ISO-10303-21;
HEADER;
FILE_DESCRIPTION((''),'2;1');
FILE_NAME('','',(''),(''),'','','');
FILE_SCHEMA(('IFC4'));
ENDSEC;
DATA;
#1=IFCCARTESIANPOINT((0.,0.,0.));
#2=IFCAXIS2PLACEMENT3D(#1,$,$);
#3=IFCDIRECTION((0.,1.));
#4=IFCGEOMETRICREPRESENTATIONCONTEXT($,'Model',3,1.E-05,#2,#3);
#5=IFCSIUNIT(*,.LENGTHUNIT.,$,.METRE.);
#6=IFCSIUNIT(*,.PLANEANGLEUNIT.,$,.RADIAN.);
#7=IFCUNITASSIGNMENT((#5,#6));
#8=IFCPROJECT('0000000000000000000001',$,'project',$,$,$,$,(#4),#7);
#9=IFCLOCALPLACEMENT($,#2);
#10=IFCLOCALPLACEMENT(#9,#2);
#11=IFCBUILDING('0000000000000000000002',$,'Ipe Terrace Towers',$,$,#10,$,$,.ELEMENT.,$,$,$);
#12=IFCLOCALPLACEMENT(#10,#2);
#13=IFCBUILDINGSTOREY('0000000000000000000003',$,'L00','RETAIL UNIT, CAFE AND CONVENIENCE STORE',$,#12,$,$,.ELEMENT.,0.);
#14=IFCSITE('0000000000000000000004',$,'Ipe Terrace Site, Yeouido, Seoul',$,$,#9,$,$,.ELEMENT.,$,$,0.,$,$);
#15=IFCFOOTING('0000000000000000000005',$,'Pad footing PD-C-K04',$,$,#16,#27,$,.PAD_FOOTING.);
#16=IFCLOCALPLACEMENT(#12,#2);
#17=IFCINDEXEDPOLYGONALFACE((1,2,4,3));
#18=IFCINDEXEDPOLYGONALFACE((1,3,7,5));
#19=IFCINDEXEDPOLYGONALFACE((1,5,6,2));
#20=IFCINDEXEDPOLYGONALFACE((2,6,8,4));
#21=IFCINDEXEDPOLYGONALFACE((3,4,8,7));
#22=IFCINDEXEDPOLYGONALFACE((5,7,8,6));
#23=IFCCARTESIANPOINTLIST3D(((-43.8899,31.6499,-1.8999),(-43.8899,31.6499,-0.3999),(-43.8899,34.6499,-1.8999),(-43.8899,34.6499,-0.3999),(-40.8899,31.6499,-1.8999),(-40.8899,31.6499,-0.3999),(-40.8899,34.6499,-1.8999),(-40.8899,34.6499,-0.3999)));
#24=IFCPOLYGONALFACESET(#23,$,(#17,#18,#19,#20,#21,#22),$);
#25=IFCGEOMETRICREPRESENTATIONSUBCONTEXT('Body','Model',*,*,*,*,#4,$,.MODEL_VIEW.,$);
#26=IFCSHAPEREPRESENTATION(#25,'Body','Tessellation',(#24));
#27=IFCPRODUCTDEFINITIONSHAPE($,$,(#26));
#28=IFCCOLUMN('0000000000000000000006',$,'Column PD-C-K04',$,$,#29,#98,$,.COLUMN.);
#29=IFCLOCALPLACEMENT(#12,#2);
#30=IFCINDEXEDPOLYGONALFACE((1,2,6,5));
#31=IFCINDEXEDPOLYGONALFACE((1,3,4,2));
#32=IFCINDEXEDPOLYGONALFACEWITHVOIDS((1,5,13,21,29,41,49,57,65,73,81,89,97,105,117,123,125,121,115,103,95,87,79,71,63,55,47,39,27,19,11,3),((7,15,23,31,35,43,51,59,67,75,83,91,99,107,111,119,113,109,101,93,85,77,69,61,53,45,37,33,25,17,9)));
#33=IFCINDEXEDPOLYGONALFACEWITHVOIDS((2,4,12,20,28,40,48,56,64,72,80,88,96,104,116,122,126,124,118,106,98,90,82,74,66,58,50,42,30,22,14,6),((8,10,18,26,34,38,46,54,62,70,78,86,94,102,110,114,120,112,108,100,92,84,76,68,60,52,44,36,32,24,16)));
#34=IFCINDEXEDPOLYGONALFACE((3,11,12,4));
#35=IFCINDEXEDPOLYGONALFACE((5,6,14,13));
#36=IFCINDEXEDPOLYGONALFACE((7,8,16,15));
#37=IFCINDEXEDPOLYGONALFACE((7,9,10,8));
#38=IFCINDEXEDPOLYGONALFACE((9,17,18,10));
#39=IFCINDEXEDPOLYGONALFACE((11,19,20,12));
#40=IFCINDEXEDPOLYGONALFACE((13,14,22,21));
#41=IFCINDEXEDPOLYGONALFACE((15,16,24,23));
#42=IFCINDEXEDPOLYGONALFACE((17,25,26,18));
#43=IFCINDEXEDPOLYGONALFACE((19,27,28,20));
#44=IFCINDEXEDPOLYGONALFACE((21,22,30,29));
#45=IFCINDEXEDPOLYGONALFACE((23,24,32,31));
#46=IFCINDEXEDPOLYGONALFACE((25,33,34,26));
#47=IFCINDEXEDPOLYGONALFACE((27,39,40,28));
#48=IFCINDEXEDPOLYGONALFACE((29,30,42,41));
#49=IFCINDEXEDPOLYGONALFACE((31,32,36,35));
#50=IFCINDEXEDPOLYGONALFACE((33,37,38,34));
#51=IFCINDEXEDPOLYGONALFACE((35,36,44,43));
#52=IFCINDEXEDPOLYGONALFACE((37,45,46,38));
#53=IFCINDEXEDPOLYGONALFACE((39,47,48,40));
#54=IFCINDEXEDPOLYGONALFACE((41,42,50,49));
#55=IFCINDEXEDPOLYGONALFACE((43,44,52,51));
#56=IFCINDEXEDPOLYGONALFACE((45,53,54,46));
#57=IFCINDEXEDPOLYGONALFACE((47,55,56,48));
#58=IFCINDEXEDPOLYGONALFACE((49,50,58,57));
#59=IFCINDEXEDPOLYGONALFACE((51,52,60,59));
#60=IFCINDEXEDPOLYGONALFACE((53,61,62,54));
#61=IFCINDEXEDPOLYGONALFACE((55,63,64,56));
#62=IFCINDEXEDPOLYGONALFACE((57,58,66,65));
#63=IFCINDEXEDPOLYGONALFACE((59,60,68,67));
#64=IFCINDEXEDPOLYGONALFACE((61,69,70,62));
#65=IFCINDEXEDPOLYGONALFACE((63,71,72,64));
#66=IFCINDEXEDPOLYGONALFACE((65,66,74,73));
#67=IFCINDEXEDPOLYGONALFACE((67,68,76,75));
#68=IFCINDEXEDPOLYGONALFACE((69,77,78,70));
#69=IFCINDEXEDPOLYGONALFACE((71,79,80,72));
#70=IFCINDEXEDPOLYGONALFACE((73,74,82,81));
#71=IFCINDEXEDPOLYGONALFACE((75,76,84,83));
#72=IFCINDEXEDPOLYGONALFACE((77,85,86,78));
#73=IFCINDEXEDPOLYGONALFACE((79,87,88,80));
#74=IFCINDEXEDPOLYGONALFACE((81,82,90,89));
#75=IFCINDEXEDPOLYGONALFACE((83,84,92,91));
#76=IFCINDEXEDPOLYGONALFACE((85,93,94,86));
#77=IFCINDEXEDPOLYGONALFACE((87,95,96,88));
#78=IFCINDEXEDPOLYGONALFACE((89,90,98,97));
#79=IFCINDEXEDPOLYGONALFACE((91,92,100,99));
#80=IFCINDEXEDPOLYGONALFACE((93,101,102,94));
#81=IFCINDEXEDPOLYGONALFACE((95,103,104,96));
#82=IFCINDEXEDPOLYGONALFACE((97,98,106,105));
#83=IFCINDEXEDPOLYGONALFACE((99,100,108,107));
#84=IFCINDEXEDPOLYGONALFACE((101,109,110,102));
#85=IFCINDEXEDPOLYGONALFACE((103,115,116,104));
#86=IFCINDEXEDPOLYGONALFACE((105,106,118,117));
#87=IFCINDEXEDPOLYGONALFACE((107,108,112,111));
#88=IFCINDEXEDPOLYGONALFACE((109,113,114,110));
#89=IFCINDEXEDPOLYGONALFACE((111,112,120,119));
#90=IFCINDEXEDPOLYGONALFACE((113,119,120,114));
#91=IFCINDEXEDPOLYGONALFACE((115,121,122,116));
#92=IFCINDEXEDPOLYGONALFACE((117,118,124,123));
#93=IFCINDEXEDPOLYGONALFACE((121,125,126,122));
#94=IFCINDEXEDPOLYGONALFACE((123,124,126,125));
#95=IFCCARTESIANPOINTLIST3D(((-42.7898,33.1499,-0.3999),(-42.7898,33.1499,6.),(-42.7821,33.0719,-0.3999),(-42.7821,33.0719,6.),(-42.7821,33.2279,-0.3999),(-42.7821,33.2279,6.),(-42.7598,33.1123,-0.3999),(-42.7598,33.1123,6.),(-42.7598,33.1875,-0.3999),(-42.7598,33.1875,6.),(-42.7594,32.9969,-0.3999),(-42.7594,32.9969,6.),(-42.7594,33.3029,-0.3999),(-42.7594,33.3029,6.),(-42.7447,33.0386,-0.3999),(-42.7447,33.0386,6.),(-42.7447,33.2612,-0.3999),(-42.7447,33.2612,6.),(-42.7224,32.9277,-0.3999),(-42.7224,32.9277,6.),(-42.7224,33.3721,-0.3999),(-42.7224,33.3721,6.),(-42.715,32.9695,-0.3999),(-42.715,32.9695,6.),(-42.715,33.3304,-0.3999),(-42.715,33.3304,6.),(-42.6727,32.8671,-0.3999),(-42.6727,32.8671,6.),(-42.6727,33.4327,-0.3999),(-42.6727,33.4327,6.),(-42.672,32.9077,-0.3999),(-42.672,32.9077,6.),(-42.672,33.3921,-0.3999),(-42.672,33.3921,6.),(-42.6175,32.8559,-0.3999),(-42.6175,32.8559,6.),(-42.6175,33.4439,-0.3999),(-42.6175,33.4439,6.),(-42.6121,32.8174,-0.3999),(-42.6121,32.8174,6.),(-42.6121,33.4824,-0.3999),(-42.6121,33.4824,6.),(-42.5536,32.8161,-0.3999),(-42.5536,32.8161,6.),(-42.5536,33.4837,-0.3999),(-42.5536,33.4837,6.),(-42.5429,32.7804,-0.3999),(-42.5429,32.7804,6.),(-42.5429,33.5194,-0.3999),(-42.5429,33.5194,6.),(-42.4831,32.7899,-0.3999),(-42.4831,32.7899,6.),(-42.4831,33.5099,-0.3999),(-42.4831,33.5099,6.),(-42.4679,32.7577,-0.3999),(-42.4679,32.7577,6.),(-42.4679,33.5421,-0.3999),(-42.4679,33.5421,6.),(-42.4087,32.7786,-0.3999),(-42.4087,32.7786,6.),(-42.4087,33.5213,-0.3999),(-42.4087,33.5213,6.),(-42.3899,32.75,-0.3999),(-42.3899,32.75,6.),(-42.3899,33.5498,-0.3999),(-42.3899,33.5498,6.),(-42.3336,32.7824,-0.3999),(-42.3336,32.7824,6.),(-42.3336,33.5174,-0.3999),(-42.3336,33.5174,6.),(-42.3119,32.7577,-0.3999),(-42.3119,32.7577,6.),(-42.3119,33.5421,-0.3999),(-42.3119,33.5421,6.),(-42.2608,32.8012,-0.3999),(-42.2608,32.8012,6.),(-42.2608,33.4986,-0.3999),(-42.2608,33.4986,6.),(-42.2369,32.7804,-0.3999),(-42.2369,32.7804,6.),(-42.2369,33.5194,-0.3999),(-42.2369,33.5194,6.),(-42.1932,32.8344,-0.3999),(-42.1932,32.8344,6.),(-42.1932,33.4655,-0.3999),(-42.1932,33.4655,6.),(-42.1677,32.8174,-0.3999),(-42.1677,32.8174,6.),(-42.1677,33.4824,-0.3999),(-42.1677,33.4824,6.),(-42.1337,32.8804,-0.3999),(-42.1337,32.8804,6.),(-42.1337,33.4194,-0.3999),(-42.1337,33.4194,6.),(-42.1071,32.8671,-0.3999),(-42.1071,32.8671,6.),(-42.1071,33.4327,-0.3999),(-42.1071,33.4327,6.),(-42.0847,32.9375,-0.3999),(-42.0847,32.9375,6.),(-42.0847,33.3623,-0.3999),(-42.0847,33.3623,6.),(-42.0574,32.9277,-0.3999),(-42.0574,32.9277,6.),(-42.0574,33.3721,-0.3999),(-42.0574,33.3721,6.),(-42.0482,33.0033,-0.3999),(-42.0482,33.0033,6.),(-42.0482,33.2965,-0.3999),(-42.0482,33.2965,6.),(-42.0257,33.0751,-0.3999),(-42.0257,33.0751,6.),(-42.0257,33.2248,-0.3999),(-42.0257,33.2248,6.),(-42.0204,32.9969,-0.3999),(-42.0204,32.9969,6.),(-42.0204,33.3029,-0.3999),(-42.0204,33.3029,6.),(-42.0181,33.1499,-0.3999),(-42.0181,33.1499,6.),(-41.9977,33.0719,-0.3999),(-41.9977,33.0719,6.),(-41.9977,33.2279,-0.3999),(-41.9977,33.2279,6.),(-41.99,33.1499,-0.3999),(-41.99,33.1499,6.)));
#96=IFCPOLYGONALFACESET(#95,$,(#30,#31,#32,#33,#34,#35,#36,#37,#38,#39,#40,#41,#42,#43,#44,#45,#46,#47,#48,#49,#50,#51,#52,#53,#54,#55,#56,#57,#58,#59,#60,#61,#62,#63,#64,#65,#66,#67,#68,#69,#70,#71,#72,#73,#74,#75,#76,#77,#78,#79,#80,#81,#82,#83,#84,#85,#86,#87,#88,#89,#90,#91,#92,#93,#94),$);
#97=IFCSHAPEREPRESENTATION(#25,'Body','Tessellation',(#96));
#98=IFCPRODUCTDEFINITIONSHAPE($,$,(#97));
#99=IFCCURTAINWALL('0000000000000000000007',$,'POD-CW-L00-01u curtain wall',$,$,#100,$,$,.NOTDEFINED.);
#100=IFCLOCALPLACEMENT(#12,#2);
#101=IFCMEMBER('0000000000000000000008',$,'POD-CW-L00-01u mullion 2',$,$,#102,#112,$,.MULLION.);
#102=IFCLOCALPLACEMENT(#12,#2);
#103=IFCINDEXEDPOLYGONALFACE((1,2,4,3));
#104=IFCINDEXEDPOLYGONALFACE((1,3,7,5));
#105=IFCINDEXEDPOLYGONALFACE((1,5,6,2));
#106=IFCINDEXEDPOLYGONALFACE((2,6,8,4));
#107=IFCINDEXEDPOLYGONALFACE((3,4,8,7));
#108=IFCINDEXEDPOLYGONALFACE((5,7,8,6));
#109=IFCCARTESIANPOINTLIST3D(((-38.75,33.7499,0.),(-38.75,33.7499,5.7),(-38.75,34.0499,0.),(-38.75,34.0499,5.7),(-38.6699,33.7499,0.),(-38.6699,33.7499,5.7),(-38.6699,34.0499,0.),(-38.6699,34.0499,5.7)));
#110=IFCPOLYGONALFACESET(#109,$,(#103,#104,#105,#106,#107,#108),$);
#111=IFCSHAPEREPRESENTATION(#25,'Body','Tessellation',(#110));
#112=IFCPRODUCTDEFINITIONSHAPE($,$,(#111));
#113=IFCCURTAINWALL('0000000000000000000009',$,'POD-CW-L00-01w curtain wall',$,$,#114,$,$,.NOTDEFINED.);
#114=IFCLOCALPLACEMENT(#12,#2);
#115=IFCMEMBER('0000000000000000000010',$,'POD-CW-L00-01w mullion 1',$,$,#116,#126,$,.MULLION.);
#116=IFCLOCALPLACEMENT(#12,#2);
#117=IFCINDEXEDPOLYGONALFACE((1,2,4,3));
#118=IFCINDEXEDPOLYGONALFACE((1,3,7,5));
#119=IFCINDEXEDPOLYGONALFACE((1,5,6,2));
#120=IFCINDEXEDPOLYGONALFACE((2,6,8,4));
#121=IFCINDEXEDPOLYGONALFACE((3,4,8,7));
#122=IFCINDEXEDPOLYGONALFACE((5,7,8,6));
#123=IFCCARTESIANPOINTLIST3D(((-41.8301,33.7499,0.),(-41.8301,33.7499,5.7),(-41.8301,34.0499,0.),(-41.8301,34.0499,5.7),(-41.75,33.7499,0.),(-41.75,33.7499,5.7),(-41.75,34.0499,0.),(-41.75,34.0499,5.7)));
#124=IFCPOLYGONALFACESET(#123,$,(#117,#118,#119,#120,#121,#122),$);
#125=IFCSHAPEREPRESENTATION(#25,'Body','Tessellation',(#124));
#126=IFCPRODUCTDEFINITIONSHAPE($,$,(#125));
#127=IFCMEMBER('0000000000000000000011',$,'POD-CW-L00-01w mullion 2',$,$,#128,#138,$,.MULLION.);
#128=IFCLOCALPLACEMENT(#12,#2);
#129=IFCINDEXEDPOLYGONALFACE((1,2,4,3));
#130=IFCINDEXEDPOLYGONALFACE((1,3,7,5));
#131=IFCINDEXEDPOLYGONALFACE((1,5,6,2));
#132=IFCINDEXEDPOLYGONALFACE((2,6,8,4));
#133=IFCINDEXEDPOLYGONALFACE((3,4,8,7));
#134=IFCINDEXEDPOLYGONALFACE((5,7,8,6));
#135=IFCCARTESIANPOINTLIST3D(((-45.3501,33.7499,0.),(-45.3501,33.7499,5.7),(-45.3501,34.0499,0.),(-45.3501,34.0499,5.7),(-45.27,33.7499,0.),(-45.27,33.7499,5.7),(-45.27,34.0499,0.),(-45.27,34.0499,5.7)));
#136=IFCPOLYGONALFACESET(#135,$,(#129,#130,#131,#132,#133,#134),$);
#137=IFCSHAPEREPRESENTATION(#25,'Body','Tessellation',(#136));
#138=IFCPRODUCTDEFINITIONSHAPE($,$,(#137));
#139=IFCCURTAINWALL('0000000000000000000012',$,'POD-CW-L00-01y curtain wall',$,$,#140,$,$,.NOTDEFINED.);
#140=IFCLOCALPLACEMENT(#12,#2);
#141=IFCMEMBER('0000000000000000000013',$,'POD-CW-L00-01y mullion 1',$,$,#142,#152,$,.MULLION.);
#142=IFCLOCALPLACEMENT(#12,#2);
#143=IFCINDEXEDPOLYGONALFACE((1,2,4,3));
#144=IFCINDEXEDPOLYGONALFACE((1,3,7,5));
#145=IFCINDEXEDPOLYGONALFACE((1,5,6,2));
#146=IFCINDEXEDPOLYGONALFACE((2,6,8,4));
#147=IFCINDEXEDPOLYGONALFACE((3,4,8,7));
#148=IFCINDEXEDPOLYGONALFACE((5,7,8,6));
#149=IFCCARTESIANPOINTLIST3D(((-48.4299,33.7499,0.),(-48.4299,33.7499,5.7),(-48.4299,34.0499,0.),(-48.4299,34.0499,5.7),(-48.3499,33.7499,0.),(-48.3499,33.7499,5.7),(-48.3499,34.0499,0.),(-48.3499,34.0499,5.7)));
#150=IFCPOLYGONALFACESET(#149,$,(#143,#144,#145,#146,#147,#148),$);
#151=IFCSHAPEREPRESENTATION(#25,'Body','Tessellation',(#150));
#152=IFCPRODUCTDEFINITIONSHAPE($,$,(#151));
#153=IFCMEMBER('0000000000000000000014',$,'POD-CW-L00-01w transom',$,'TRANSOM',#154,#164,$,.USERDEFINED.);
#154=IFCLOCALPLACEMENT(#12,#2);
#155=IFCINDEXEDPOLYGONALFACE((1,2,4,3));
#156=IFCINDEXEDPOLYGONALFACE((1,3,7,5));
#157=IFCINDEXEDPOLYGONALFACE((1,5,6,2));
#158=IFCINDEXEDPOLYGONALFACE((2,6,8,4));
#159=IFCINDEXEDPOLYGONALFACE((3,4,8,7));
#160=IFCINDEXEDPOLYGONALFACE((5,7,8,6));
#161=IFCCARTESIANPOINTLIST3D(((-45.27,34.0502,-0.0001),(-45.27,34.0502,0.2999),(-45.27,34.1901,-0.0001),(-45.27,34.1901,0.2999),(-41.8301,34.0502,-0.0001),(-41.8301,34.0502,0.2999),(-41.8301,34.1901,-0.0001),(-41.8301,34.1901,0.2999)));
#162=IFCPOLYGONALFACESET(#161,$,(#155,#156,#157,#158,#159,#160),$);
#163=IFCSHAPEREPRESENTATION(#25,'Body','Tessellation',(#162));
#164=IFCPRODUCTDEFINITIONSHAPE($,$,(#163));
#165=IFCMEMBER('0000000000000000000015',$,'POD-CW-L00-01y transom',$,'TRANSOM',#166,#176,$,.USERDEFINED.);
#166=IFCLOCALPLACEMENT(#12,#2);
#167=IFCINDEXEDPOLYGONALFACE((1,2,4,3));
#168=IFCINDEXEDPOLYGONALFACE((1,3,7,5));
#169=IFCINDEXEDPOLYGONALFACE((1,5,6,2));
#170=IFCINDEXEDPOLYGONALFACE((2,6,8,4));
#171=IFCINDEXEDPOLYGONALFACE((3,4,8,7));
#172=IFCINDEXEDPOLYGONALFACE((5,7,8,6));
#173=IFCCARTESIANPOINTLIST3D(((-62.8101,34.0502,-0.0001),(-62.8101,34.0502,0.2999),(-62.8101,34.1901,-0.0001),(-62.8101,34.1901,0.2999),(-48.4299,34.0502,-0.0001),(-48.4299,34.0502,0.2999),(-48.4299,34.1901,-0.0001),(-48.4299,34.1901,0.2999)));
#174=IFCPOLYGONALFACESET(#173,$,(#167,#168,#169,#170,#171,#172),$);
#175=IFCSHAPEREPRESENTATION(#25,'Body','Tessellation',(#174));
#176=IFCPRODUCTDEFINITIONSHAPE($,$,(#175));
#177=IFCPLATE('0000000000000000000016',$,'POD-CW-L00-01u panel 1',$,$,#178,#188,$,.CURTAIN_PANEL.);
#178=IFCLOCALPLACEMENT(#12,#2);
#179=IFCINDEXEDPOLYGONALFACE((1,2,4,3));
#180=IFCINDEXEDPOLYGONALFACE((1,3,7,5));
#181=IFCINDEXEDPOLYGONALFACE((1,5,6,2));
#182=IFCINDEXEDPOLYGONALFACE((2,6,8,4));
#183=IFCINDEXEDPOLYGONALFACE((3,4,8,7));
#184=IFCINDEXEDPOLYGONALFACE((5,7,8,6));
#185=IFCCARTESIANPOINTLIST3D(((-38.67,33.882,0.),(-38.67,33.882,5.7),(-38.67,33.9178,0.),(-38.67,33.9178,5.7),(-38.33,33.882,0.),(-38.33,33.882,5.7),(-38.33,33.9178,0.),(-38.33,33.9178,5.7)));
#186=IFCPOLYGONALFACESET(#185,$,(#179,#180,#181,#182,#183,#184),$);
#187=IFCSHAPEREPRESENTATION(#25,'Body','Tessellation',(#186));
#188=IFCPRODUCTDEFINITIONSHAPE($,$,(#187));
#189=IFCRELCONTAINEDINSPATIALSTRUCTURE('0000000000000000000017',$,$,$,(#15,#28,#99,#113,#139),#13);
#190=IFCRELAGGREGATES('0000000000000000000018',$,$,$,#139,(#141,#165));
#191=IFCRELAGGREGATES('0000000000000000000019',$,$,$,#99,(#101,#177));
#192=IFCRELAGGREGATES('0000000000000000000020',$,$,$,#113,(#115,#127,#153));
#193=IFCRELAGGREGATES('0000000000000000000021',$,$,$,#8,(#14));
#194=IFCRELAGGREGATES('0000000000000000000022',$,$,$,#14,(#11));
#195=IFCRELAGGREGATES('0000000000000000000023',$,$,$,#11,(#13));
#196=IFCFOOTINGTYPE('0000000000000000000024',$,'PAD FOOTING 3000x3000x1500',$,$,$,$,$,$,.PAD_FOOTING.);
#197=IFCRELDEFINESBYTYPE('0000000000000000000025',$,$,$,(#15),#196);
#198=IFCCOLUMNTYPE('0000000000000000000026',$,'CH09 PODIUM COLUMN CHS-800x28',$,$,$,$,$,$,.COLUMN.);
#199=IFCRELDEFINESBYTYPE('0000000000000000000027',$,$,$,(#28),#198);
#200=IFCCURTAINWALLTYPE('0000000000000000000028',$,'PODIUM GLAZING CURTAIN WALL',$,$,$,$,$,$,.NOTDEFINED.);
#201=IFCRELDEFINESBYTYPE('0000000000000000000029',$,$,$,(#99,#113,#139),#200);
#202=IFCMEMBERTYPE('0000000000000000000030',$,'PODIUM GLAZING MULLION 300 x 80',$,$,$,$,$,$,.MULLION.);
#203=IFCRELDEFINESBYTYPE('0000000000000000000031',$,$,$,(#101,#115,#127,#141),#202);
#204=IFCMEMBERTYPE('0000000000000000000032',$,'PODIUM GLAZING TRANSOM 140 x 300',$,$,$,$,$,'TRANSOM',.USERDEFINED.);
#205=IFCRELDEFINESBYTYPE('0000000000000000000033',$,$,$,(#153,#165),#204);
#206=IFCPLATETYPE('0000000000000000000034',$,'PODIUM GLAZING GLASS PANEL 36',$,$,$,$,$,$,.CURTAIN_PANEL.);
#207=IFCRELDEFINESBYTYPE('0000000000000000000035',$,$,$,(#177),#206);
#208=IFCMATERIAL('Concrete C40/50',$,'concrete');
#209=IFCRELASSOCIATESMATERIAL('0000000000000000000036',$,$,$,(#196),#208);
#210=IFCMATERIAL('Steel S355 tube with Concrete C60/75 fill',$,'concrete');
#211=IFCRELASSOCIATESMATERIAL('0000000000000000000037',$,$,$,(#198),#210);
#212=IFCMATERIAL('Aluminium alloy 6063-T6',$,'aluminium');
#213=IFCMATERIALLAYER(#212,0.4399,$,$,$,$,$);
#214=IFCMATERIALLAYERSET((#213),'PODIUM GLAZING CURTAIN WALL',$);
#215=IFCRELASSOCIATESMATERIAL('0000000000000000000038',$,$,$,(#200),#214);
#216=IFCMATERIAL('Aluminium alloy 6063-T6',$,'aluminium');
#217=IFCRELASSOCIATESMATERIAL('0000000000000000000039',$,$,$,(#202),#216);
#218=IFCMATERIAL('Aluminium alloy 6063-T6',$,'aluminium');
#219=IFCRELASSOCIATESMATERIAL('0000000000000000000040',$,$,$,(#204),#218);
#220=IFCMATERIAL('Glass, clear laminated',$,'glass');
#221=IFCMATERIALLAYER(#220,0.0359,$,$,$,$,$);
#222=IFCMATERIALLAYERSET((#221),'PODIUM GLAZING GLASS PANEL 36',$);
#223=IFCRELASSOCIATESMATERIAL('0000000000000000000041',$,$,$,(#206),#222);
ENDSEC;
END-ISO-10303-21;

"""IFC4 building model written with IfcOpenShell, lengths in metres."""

from ifc_helpers import new_model, si_unit, direction, frame, origin, origin_2d, place, context, subcontext, project, spatial, rectangle, hollow_circle, extrude, material, layer, layer_set, material_profile, profile_set, type_object, element, aggregate, save


model = new_model("IFC4")

# Units and contexts
model_context = context("Model", 3, precision=1e-05, world=origin(), true_north=direction((0.0, 1.0)))
body_context = subcontext(model_context, "Body", "Model", "MODEL_VIEW")
ifc_project = project(units=[si_unit("LENGTHUNIT", "METRE"), si_unit("PLANEANGLEUNIT", "RADIAN")], contexts=[model_context])

# Site, building, storey
site_placement = place(None, origin())
site = spatial("IfcSite", under=ifc_project, at=site_placement, Name="Ipe Terrace Site, Yeouido, Seoul", CompositionType="ELEMENT", RefElevation=0.0)
building_placement = place(site_placement, origin())
building = spatial("IfcBuilding", under=site, at=building_placement, Name="Ipe Terrace Towers", CompositionType="ELEMENT")
storey_placement = place(building_placement, origin())
storey = spatial("IfcBuildingStorey", under=building, at=storey_placement, Name="L00", Description="RETAIL UNIT, CAFE AND CONVENIENCE STORE", CompositionType="ELEMENT", Elevation=0.0)

# Footing
ifc_material_1 = material(Name="Concrete C40/50", Category="concrete")
footing_type = type_object("IfcFootingType", Name="PAD FOOTING 3000x3000x1500", PredefinedType="PAD_FOOTING", material=ifc_material_1)
footing_placement = place(storey_placement, frame((-42.3899, 33.1499, -1.8999), z_axis=(0.0, 0.0, 1.0), x_axis=(1.0, 0.0, 0.0)))
element("IfcFooting", 1, at=footing_placement, inside=storey, type_object=footing_type, Name="Pad footing PD-C-K04", PredefinedType="PAD_FOOTING", context=body_context, shape_type="SweptSolid", body=[
    extrude(rectangle(XDim=3.0, YDim=3.0, at=origin_2d()), origin(), (0.0, 0.0, 1.0), 1.5),
])

# Column
ifc_material_2 = material(Name="Steel S355 tube with Concrete C60/75 fill", Category="concrete")
ifc_material_profile_1 = material_profile(ifc_material_2, hollow_circle(Radius=0.3999, WallThickness=0.0281, at=origin_2d()), Name="CHS-800x28")
ifc_profile_set_1 = profile_set([ifc_material_profile_1], Name="Steel S355 tube with Concrete C60/75 fill")
column_type = type_object("IfcColumnType", Name="CH09 PODIUM COLUMN CHS-800x28", PredefinedType="COLUMN", material=ifc_profile_set_1)
column_placement = place(storey_placement, frame((-42.3899, 33.1499, -0.3999), z_axis=(0.0, 0.0, 1.0), x_axis=(1.0, 0.0, 0.0)))
element("IfcColumn", 2, at=column_placement, inside=storey, type_object=column_type, Name="Column PD-C-K04", PredefinedType="COLUMN", context=body_context, shape_type="SweptSolid", body=[
    extrude(hollow_circle(Radius=0.3999, WallThickness=0.0281, at=origin_2d()), origin(), (0.0, 0.0, 1.0), 6.3999),
])

# Curtain wall, member
ifc_material_3 = material(Name="Aluminium alloy 6063-T6", Category="aluminium")
ifc_layer_1 = layer(ifc_material_3, 0.4399)
ifc_layer_set_1 = layer_set([ifc_layer_1], Name="PODIUM GLAZING CURTAIN WALL")
curtain_wall_type = type_object("IfcCurtainWallType", Name="PODIUM GLAZING CURTAIN WALL", PredefinedType="NOTDEFINED", material=ifc_layer_set_1)
curtain_wall_1_placement = place(storey_placement, origin())
curtain_wall_1 = element("IfcCurtainWall", 3, at=curtain_wall_1_placement, inside=storey, type_object=curtain_wall_type, Name="POD-CW-L00-01u curtain wall", PredefinedType="NOTDEFINED")
ifc_material_4 = material(Name="Aluminium alloy 6063-T6", Category="aluminium")
ifc_material_profile_2 = material_profile(ifc_material_4, rectangle(XDim=0.3, YDim=0.0801, at=origin_2d()), Name="PODIUM GLAZING MULLION 300 x 80")
ifc_profile_set_2 = profile_set([ifc_material_profile_2], Name="Aluminium alloy 6063-T6")
member_type_1 = type_object("IfcMemberType", Name="PODIUM GLAZING MULLION 300 x 80", PredefinedType="MULLION", material=ifc_profile_set_2)
member_1_placement = place(storey_placement, frame((-38.71, 33.8999, 0.0), z_axis=(0.0, 0.0, 1.0), x_axis=(0.0, 1.0, 0.0)))
member_1 = element("IfcMember", 4, at=member_1_placement, type_object=member_type_1, Name="POD-CW-L00-01u mullion 2", PredefinedType="MULLION", context=body_context, shape_type="SweptSolid", body=[
    extrude(rectangle(XDim=0.3, YDim=0.0801, at=origin_2d()), origin(), (0.0, 0.0, 1.0), 5.7),
])

# Curtain wall, members
curtain_wall_2_placement = place(storey_placement, origin())
curtain_wall_2 = element("IfcCurtainWall", 5, at=curtain_wall_2_placement, inside=storey, type_object=curtain_wall_type, Name="POD-CW-L00-01w curtain wall", PredefinedType="NOTDEFINED")
member_2_placement = place(storey_placement, frame((-41.79, 33.8999, 0.0), z_axis=(0.0, 0.0, 1.0), x_axis=(0.0, 1.0, 0.0)))
member_2 = element("IfcMember", 6, at=member_2_placement, type_object=member_type_1, Name="POD-CW-L00-01w mullion 1", PredefinedType="MULLION", context=body_context, shape_type="SweptSolid", body=[
    extrude(rectangle(XDim=0.3, YDim=0.0801, at=origin_2d()), origin(), (0.0, 0.0, 1.0), 5.7),
])
member_3_placement = place(storey_placement, frame((-45.3101, 33.8999, 0.0), z_axis=(0.0, 0.0, 1.0), x_axis=(0.0, 1.0, 0.0)))
member_3 = element("IfcMember", 7, at=member_3_placement, type_object=member_type_1, Name="POD-CW-L00-01w mullion 2", PredefinedType="MULLION", context=body_context, shape_type="SweptSolid", body=[
    extrude(rectangle(XDim=0.3, YDim=0.0801, at=origin_2d()), origin(), (0.0, 0.0, 1.0), 5.7),
])

# Curtain wall, member
curtain_wall_3_placement = place(storey_placement, origin())
curtain_wall_3 = element("IfcCurtainWall", 8, at=curtain_wall_3_placement, inside=storey, type_object=curtain_wall_type, Name="POD-CW-L00-01y curtain wall", PredefinedType="NOTDEFINED")
member_4_placement = place(storey_placement, frame((-48.3899, 33.8999, 0.0), z_axis=(0.0, 0.0, 1.0), x_axis=(0.0, 1.0, 0.0)))
member_4 = element("IfcMember", 9, at=member_4_placement, type_object=member_type_1, Name="POD-CW-L00-01y mullion 1", PredefinedType="MULLION", context=body_context, shape_type="SweptSolid", body=[
    extrude(rectangle(XDim=0.3, YDim=0.0801, at=origin_2d()), origin(), (0.0, 0.0, 1.0), 5.7),
])

# Members
ifc_material_5 = material(Name="Aluminium alloy 6063-T6", Category="aluminium")
ifc_material_profile_3 = material_profile(ifc_material_5, rectangle(XDim=0.1399, YDim=0.3, at=origin_2d()), Name="PODIUM GLAZING TRANSOM 140 x 300")
ifc_profile_set_3 = profile_set([ifc_material_profile_3], Name="Aluminium alloy 6063-T6")
member_type_2 = type_object("IfcMemberType", Name="PODIUM GLAZING TRANSOM 140 x 300", ElementType="TRANSOM", PredefinedType="USERDEFINED", material=ifc_profile_set_3)
member_5_placement = place(storey_placement, frame((-41.8301, 34.1201, 0.1499), z_axis=(-1.0, 0.0, 0.0), x_axis=(0.0, 1.0, 0.0)))
member_5 = element("IfcMember", 10, at=member_5_placement, type_object=member_type_2, Name="POD-CW-L00-01w transom", ObjectType="TRANSOM", PredefinedType="USERDEFINED", context=body_context, shape_type="SweptSolid", body=[
    extrude(rectangle(XDim=0.1399, YDim=0.3, at=origin_2d()), origin(), (0.0, 0.0, 1.0), 3.4399),
])
member_6_placement = place(storey_placement, frame((-48.4299, 34.1201, 0.1499), z_axis=(-1.0, 0.0, 0.0), x_axis=(0.0, 1.0, 0.0)))
member_6 = element("IfcMember", 11, at=member_6_placement, type_object=member_type_2, Name="POD-CW-L00-01y transom", ObjectType="TRANSOM", PredefinedType="USERDEFINED", context=body_context, shape_type="SweptSolid", body=[
    extrude(rectangle(XDim=0.1399, YDim=0.3, at=origin_2d()), origin(), (0.0, 0.0, 1.0), 14.3801),
])
aggregate(curtain_wall_3, [member_4, member_6])

# Plate
ifc_material_6 = material(Name="Glass, clear laminated", Category="glass")
ifc_layer_2 = layer(ifc_material_6, 0.0359)
ifc_layer_set_2 = layer_set([ifc_layer_2], Name="PODIUM GLAZING GLASS PANEL 36")
plate_type = type_object("IfcPlateType", Name="PODIUM GLAZING GLASS PANEL 36", PredefinedType="CURTAIN_PANEL", material=ifc_layer_set_2)
plate_1_placement = place(storey_placement, frame((-38.5, 33.8999, 0.0), z_axis=(0.0, 0.0, 1.0), x_axis=(-1.0, 0.0, 0.0)))
plate_1 = element("IfcPlate", 12, at=plate_1_placement, type_object=plate_type, Name="POD-CW-L00-01u panel 1", PredefinedType="CURTAIN_PANEL", context=body_context, shape_type="SweptSolid", body=[
    extrude(rectangle(XDim=0.3401, YDim=0.0359, at=origin_2d()), origin(), (0.0, 0.0, 1.0), 5.7),
])
aggregate(curtain_wall_1, [member_1, plate_1])
aggregate(curtain_wall_2, [member_2, member_3, member_5])

save(model, "model.ifc")
